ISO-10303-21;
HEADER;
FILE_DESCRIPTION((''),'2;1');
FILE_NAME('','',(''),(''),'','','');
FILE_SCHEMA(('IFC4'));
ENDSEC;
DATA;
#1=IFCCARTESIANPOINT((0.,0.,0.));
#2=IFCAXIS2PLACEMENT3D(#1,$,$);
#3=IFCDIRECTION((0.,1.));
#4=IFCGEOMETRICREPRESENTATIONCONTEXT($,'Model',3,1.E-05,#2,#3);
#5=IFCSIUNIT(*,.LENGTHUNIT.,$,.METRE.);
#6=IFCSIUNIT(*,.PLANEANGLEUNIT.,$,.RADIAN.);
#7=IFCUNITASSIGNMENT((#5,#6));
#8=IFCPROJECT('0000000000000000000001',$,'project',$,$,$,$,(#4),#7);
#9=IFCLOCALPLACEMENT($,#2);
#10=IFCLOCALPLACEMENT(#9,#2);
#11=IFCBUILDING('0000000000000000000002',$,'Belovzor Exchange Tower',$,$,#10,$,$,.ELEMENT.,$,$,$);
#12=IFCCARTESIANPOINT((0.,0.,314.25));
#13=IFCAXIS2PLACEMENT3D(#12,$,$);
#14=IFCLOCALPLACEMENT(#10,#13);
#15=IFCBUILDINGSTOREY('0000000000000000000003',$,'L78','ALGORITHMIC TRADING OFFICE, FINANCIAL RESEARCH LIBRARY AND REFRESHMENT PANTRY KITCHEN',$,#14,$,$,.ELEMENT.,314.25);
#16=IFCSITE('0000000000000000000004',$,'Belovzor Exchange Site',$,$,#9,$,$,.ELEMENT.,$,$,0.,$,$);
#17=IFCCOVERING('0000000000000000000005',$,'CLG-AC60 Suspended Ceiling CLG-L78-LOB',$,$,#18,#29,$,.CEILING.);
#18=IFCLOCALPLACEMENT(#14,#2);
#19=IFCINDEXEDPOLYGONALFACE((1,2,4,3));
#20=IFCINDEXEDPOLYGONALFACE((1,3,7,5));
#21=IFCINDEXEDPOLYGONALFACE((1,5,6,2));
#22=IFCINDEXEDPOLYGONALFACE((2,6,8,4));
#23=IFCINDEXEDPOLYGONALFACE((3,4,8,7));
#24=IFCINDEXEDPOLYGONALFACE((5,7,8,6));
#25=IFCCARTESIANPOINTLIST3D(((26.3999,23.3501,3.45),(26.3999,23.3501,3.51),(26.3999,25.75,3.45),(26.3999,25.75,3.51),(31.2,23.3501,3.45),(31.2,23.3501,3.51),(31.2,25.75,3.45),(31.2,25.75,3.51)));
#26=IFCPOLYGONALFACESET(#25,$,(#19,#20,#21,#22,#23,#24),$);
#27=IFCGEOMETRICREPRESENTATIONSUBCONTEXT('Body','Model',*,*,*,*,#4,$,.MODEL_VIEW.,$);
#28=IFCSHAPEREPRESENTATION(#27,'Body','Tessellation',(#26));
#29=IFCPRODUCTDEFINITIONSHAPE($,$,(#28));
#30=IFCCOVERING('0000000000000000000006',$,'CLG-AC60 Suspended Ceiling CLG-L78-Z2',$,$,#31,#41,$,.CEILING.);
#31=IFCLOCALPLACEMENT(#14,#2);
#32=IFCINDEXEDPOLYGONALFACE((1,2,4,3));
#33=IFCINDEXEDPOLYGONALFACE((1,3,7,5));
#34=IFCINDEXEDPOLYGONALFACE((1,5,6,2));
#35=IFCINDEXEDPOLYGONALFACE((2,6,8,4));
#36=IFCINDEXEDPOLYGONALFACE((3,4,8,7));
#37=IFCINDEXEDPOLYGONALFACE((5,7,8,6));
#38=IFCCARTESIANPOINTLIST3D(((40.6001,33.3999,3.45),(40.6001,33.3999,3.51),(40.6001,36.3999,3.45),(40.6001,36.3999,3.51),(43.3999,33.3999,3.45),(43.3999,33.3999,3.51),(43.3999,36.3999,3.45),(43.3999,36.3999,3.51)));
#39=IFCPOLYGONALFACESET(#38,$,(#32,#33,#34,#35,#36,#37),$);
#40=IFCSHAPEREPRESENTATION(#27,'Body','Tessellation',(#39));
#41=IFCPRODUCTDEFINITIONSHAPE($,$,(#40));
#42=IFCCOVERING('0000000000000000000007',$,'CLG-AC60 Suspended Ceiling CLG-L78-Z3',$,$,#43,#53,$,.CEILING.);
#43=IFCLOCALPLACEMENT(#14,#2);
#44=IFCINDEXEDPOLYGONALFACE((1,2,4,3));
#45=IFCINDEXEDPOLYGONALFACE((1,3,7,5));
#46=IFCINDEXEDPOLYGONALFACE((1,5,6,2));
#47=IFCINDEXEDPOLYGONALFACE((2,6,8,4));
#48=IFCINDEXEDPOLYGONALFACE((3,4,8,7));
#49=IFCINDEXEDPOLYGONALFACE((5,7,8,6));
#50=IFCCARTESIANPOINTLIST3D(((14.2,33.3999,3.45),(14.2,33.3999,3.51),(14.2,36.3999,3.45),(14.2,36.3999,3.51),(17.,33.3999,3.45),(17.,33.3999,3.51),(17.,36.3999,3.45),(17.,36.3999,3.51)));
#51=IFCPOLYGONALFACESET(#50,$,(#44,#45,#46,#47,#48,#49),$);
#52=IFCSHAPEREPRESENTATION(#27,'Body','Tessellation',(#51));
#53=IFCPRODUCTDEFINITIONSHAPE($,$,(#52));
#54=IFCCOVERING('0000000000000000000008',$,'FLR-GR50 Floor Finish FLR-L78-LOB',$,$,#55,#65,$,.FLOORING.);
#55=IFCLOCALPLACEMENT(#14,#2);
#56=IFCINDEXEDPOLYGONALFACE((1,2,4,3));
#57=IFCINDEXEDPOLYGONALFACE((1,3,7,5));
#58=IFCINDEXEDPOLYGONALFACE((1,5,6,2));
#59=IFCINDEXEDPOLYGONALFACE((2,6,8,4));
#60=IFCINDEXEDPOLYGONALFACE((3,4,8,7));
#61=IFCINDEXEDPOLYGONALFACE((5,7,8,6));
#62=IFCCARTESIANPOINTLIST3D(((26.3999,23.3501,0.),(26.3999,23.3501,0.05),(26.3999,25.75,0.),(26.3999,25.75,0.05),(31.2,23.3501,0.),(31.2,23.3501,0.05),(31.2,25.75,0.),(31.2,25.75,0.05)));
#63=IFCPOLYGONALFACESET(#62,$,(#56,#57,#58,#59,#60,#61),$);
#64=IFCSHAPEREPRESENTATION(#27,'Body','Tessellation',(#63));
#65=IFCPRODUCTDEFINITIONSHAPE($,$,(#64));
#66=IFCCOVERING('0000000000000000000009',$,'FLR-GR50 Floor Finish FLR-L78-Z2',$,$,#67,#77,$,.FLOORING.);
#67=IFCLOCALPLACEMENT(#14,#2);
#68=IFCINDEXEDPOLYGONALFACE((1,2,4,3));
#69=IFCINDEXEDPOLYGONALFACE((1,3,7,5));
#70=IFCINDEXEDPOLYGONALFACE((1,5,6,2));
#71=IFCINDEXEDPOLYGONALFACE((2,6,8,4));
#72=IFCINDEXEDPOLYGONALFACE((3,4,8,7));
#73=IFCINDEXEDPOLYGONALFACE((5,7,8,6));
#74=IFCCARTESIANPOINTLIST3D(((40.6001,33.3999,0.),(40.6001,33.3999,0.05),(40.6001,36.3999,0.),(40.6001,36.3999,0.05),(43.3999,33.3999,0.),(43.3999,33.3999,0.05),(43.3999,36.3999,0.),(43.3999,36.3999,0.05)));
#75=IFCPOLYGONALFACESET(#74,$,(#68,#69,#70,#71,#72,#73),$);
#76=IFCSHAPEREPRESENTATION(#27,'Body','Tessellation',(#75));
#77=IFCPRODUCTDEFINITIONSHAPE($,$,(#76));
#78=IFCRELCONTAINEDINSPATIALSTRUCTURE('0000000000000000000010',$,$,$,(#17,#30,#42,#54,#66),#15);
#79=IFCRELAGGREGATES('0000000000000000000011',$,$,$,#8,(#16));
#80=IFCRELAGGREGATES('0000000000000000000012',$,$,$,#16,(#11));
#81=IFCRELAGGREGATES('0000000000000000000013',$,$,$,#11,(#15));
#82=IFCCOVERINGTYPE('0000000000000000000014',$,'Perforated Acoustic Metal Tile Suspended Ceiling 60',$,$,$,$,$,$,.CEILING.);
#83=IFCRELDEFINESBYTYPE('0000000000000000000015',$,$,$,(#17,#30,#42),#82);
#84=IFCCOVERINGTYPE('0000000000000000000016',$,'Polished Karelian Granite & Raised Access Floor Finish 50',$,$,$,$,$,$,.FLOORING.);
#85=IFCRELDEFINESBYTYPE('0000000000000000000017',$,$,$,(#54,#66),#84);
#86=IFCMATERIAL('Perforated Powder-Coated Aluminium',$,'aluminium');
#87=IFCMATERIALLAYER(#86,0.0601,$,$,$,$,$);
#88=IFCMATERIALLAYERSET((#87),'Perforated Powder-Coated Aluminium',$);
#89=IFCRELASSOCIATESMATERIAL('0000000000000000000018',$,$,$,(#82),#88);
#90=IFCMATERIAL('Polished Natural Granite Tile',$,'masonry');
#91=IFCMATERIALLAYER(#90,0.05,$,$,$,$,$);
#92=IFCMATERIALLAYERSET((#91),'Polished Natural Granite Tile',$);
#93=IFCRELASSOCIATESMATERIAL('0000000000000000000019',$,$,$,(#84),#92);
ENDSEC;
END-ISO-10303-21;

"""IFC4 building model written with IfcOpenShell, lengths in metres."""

from ifc_helpers import new_model, si_unit, direction, frame, origin, place, context, subcontext, project, spatial, polyline, outline, extrude, material, layer, layer_set, type_object, element, save


model = new_model("IFC4")

# Units and contexts
model_context = context("Model", 3, precision=1e-05, world=origin(), true_north=direction((0.0, 1.0)))
body_context = subcontext(model_context, "Body", "Model", "MODEL_VIEW")
ifc_project = project(units=[si_unit("LENGTHUNIT", "METRE"), si_unit("PLANEANGLEUNIT", "RADIAN")], contexts=[model_context])

# Site, building, storey
site_placement = place(None, origin())
site = spatial("IfcSite", under=ifc_project, at=site_placement, Name="Belovzor Exchange Site", CompositionType="ELEMENT", RefElevation=0.0)
building_placement = place(site_placement, origin())
building = spatial("IfcBuilding", under=site, at=building_placement, Name="Belovzor Exchange Tower", CompositionType="ELEMENT")
storey_placement = place(building_placement, frame((0.0, 0.0, 314.25)))
storey = spatial("IfcBuildingStorey", under=building, at=storey_placement, Name="L78", Description="ALGORITHMIC TRADING OFFICE, FINANCIAL RESEARCH LIBRARY AND REFRESHMENT PANTRY KITCHEN", CompositionType="ELEMENT", Elevation=314.25)

# Coverings
ifc_material_1 = material(Name="Perforated Powder-Coated Aluminium", Category="aluminium")
ifc_layer_1 = layer(ifc_material_1, 0.0601)
ifc_layer_set_1 = layer_set([ifc_layer_1], Name="Perforated Powder-Coated Aluminium")
covering_type_1 = type_object("IfcCoveringType", Name="Perforated Acoustic Metal Tile Suspended Ceiling 60", PredefinedType="CEILING", material=ifc_layer_set_1)
covering_1_placement = place(storey_placement, frame((0.0, 0.0, 3.45)))
element("IfcCovering", 1, at=covering_1_placement, inside=storey, type_object=covering_type_1, Name="CLG-AC60 Suspended Ceiling CLG-L78-LOB", PredefinedType="CEILING", context=body_context, shape_type="SweptSolid", body=[
    extrude(outline(polyline([(26.3999, 23.3501), (31.2, 23.3501), (31.2, 25.75), (26.3999, 25.75), (26.3999, 23.3501)])), origin(), (0.0, 0.0, 1.0), 0.0601),
])
covering_2_placement = place(storey_placement, frame((0.0, 0.0, 3.45)))
element("IfcCovering", 2, at=covering_2_placement, inside=storey, type_object=covering_type_1, Name="CLG-AC60 Suspended Ceiling CLG-L78-Z2", PredefinedType="CEILING", context=body_context, shape_type="SweptSolid", body=[
    extrude(outline(polyline([(40.6001, 33.3999), (43.3999, 33.3999), (43.3999, 36.3999), (40.6001, 36.3999), (40.6001, 33.3999)])), origin(), (0.0, 0.0, 1.0), 0.0601),
])
covering_3_placement = place(storey_placement, frame((0.0, 0.0, 3.45)))
element("IfcCovering", 3, at=covering_3_placement, inside=storey, type_object=covering_type_1, Name="CLG-AC60 Suspended Ceiling CLG-L78-Z3", PredefinedType="CEILING", context=body_context, shape_type="SweptSolid", body=[
    extrude(outline(polyline([(14.2, 33.3999), (17.0, 33.3999), (17.0, 36.3999), (14.2, 36.3999), (14.2, 33.3999)])), origin(), (0.0, 0.0, 1.0), 0.0601),
])
ifc_material_2 = material(Name="Polished Natural Granite Tile", Category="masonry")
ifc_layer_2 = layer(ifc_material_2, 0.05)
ifc_layer_set_2 = layer_set([ifc_layer_2], Name="Polished Natural Granite Tile")
covering_type_2 = type_object("IfcCoveringType", Name="Polished Karelian Granite & Raised Access Floor Finish 50", PredefinedType="FLOORING", material=ifc_layer_set_2)
covering_4_placement = place(storey_placement, origin())
element("IfcCovering", 4, at=covering_4_placement, inside=storey, type_object=covering_type_2, Name="FLR-GR50 Floor Finish FLR-L78-LOB", PredefinedType="FLOORING", context=body_context, shape_type="SweptSolid", body=[
    extrude(outline(polyline([(26.3999, 23.3501), (31.2, 23.3501), (31.2, 25.75), (26.3999, 25.75), (26.3999, 23.3501)])), origin(), (0.0, 0.0, 1.0), 0.05),
])
covering_5_placement = place(storey_placement, origin())
element("IfcCovering", 5, at=covering_5_placement, inside=storey, type_object=covering_type_2, Name="FLR-GR50 Floor Finish FLR-L78-Z2", PredefinedType="FLOORING", context=body_context, shape_type="SweptSolid", body=[
    extrude(outline(polyline([(40.6001, 33.3999), (43.3999, 33.3999), (43.3999, 36.3999), (40.6001, 36.3999), (40.6001, 33.3999)])), origin(), (0.0, 0.0, 1.0), 0.05),
])

save(model, "model.ifc")
